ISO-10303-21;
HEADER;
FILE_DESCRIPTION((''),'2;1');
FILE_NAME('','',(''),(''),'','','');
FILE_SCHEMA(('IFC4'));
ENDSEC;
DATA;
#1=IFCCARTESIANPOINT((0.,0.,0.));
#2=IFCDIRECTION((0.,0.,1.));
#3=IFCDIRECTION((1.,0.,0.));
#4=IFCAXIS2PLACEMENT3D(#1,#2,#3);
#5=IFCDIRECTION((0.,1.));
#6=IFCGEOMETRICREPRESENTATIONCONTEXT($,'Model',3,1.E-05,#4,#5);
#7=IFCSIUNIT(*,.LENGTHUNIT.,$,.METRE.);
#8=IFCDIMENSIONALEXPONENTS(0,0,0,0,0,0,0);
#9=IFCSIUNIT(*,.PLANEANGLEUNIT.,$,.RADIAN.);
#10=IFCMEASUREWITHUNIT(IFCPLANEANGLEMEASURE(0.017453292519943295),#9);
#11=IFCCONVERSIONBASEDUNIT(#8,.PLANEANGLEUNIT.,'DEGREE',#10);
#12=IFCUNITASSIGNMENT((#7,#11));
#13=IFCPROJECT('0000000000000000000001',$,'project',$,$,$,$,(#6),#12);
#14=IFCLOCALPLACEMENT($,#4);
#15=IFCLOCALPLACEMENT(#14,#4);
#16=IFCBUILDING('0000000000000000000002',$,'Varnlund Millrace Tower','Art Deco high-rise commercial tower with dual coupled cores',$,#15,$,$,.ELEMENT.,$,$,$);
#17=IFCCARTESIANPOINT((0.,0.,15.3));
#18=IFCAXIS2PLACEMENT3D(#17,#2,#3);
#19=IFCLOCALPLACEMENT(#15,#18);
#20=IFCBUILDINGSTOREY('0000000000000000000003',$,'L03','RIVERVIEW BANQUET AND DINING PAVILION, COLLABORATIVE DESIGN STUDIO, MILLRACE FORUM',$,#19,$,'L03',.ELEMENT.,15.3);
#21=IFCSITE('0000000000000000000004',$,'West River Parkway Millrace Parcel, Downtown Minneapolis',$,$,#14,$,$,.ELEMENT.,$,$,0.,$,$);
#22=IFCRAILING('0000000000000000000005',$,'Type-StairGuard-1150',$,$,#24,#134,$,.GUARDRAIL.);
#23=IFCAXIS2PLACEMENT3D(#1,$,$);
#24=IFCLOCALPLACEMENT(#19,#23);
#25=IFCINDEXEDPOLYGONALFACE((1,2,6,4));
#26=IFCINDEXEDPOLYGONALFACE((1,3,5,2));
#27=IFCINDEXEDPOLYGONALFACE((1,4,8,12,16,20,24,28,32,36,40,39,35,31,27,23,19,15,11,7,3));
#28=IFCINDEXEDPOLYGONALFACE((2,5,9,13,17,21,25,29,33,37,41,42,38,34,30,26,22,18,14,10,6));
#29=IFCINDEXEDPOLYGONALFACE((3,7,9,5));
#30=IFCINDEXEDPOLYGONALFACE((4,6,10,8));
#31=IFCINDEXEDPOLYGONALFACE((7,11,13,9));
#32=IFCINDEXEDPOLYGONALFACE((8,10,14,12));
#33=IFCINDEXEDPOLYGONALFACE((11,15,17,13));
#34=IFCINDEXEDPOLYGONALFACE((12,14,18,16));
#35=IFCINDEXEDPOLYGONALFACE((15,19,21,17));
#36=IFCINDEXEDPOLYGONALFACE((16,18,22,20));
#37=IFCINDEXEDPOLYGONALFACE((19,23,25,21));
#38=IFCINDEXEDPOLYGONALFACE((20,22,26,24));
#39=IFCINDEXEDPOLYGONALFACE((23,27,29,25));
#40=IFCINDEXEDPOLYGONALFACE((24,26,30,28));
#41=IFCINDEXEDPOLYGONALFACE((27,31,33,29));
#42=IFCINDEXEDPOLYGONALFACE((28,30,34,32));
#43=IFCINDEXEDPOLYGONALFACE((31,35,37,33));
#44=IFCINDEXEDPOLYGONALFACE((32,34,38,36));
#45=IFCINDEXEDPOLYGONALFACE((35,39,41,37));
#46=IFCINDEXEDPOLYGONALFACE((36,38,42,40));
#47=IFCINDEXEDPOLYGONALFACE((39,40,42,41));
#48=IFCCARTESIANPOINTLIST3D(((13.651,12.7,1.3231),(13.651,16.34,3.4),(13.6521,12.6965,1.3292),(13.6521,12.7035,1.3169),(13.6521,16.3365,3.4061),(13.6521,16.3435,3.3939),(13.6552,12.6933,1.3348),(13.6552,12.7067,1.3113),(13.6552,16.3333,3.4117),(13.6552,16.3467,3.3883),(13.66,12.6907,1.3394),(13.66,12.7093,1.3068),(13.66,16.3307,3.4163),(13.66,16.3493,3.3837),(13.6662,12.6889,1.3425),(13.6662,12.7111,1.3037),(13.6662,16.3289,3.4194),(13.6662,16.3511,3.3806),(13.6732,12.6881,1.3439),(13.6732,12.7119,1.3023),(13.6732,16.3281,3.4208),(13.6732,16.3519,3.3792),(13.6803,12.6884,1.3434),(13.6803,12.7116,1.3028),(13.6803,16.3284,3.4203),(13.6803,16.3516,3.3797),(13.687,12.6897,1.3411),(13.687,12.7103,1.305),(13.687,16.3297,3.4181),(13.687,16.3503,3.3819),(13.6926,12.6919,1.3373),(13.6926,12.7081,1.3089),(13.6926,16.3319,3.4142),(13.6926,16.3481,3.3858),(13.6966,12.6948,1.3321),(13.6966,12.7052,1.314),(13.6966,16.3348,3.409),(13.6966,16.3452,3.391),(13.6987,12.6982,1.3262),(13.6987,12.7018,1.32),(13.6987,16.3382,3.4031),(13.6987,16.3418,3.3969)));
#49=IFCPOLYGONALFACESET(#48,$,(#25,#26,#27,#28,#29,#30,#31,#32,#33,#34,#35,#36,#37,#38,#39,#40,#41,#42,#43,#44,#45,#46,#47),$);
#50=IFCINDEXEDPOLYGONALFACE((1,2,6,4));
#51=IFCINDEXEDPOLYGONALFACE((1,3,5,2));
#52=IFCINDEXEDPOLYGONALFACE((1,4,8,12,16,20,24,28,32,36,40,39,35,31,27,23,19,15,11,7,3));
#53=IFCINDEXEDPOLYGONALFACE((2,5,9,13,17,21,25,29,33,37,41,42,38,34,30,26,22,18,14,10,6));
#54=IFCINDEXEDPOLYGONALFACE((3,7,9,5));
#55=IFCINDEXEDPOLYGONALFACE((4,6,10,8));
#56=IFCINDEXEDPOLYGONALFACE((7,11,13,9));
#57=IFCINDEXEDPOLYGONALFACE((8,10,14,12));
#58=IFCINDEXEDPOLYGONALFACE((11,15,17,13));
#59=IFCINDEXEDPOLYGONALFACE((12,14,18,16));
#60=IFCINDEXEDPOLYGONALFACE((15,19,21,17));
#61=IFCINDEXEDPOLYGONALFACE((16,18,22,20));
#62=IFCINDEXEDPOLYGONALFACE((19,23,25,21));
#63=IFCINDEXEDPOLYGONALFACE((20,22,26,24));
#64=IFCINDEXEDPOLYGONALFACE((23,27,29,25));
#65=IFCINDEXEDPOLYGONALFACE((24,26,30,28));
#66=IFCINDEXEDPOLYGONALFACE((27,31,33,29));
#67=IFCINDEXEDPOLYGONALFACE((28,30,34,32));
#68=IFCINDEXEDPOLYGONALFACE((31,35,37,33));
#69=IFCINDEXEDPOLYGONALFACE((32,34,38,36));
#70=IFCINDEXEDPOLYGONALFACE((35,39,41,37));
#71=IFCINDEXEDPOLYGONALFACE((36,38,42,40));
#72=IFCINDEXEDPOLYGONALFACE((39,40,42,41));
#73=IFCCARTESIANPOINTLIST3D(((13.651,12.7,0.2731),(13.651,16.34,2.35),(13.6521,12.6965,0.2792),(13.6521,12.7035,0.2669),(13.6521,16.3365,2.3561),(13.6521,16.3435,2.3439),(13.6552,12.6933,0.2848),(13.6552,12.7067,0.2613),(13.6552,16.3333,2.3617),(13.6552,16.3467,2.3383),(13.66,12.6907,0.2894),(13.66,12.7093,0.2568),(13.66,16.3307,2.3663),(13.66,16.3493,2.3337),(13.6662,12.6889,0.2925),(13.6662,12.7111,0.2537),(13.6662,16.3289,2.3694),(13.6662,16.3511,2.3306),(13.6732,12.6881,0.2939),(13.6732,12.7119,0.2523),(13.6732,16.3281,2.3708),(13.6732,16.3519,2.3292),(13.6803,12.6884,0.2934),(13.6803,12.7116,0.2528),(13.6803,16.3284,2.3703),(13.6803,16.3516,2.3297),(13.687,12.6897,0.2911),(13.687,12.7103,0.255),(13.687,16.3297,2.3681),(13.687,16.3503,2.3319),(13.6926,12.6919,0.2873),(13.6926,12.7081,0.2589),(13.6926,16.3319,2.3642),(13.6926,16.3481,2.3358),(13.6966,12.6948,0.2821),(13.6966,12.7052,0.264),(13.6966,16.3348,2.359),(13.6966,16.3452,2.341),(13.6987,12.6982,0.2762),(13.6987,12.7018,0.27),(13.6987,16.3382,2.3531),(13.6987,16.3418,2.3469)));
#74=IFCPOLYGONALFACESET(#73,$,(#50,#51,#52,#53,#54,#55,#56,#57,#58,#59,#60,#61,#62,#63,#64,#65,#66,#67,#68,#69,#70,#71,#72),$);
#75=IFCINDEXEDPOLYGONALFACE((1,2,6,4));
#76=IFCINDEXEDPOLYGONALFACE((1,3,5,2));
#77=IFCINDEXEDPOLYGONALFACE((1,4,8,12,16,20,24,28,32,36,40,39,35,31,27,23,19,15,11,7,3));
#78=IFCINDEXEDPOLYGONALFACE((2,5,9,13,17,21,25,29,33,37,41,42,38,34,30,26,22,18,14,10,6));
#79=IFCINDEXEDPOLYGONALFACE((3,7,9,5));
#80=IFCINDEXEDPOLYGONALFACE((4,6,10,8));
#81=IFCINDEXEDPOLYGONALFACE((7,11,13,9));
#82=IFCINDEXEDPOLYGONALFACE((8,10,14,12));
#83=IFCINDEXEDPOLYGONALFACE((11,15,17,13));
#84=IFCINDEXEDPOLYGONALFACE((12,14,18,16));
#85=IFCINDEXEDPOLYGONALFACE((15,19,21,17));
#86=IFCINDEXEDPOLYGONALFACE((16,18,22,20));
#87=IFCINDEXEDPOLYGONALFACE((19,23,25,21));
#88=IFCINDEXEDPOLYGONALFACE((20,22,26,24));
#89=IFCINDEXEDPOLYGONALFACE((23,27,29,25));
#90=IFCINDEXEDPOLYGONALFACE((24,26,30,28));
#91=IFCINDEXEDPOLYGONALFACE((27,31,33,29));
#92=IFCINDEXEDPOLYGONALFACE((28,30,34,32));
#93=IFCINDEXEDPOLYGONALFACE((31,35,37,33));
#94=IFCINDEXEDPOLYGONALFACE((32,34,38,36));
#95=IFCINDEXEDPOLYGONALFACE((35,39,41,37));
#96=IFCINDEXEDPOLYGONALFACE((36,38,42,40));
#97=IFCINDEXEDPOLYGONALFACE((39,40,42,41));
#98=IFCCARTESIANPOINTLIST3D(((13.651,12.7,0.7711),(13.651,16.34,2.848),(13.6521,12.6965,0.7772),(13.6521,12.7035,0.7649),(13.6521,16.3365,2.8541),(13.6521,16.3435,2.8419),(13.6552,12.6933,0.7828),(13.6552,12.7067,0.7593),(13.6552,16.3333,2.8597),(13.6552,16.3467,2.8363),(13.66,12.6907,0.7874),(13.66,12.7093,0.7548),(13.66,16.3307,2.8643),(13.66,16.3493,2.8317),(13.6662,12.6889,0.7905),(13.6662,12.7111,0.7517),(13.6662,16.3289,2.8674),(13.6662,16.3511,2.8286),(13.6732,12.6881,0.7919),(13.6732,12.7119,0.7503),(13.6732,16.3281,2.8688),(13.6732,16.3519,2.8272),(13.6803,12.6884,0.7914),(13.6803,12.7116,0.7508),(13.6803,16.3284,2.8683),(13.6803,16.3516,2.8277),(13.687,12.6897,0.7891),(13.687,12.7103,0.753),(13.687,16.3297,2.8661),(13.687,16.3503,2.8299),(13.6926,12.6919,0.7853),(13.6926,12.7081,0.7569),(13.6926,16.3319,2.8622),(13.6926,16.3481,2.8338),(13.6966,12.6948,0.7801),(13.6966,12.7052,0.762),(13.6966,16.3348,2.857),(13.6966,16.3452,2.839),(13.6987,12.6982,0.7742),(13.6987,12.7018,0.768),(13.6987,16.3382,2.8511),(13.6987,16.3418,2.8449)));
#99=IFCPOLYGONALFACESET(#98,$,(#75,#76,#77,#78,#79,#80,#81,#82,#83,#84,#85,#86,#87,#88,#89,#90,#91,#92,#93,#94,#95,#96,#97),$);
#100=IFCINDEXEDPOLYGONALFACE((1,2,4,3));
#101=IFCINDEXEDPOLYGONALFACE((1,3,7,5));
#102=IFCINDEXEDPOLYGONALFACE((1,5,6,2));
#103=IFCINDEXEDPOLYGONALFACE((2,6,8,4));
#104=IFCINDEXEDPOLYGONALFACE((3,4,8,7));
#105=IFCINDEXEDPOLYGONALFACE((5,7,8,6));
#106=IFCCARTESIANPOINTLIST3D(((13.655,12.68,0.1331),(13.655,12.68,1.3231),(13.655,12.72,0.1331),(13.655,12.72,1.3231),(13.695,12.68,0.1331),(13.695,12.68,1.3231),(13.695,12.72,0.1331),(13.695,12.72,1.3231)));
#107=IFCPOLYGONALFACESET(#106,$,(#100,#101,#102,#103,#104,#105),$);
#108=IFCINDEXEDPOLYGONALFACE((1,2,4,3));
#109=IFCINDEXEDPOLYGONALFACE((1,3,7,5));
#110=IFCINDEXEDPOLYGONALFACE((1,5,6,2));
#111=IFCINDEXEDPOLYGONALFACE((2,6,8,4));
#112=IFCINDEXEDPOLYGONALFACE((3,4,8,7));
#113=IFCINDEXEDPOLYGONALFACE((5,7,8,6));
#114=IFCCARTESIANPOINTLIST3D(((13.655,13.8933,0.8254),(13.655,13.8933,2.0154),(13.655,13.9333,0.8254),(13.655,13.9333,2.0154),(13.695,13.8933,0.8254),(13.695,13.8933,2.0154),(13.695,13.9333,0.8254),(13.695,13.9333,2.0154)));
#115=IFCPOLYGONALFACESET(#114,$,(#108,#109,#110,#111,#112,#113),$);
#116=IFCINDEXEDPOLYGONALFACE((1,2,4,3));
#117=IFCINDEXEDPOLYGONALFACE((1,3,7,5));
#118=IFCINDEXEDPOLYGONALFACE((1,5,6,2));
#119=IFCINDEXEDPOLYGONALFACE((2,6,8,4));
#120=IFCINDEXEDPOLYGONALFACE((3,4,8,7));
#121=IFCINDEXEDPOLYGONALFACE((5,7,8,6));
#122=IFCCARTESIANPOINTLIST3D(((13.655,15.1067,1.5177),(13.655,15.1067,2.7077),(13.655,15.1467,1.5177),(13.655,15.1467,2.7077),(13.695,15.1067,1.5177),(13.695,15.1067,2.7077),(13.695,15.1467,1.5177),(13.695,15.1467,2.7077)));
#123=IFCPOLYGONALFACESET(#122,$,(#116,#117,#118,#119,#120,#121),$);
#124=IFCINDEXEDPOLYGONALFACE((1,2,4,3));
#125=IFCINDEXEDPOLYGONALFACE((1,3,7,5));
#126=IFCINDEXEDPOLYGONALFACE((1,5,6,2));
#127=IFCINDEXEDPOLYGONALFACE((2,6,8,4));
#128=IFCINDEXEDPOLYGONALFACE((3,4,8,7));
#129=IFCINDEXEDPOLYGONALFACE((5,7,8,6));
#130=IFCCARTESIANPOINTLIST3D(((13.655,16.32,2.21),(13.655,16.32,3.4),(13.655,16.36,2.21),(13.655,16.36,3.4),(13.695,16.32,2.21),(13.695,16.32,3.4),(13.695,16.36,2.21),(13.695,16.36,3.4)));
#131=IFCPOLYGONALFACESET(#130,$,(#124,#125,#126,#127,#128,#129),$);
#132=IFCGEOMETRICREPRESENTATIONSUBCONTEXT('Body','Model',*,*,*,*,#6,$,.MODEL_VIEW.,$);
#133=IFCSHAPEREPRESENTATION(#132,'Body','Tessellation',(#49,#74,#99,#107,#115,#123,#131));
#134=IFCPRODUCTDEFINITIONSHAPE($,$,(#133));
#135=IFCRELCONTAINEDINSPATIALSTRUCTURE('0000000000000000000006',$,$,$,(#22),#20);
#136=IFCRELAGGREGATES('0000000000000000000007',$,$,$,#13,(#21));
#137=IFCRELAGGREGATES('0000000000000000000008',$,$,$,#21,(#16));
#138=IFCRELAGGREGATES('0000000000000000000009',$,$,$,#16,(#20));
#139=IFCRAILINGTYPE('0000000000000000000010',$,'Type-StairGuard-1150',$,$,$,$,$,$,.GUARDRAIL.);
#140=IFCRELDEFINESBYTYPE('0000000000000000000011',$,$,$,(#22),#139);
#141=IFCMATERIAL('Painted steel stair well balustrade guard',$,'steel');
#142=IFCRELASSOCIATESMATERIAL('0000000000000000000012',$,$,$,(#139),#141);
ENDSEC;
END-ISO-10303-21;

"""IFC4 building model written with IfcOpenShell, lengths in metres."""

from ifc_helpers import new_model, entity, si_unit, converted_unit, direction, frame, origin_with_axes, origin_2d_with_axis, place, context, subcontext, project, spatial, rectangle, circle, extrude, material, type_object, element, save


model = new_model("IFC4")

# Units and contexts
model_context = context("Model", 3, precision=1e-05, world=origin_with_axes(), true_north=direction((0.0, 1.0)))
body_context = subcontext(model_context, "Body", "Model", "MODEL_VIEW")
ifc_project = project(units=[si_unit("LENGTHUNIT", "METRE"), converted_unit("PLANEANGLEUNIT", "DEGREE", entity("IfcPlaneAngleMeasure", 0.017453292519943295), si_unit("PLANEANGLEUNIT", "RADIAN"), dimensions=[0, 0, 0, 0, 0, 0, 0])], contexts=[model_context])

# Site, building, storey
site_placement = place(None, origin_with_axes())
site = spatial("IfcSite", under=ifc_project, at=site_placement, Name="West River Parkway Millrace Parcel, Downtown Minneapolis", CompositionType="ELEMENT", RefElevation=0.0)
building_placement = place(site_placement, origin_with_axes())
building = spatial("IfcBuilding", under=site, at=building_placement, Name="Varnlund Millrace Tower", Description="Art Deco high-rise commercial tower with dual coupled cores", CompositionType="ELEMENT")
storey_placement = place(building_placement, frame((0.0, 0.0, 15.3), z_axis=(0.0, 0.0, 1.0), x_axis=(1.0, 0.0, 0.0)))
storey = spatial("IfcBuildingStorey", under=building, at=storey_placement, Name="L03", Description="RIVERVIEW BANQUET AND DINING PAVILION, COLLABORATIVE DESIGN STUDIO, MILLRACE FORUM", LongName="L03", CompositionType="ELEMENT", Elevation=15.3)

# Railing
ifc_material_1 = material(Name="Painted steel stair well balustrade guard", Category="steel")
railing_type_1 = type_object("IfcRailingType", Name="Type-StairGuard-1150", PredefinedType="GUARDRAIL", material=ifc_material_1)
railing_1_placement = place(storey_placement, frame((0.0, 0.0, -15.3), z_axis=(0.0, 0.0, 1.0), x_axis=(1.0, 0.0, 0.0)))
element("IfcRailing", 1, at=railing_1_placement, inside=storey, type_object=railing_type_1, Name="Type-StairGuard-1150", PredefinedType="GUARDRAIL", context=body_context, shape_type="SweptSolid", body=[
    extrude(circle(Radius=0.024, at=origin_2d_with_axis()), frame((13.675, 12.7, 16.6231), z_axis=(0.0, 0.868559, 0.495585), x_axis=(-1.0, 0.0, 0.0)), (0.0, 0.0, 1.0), 4.1908),
    extrude(circle(Radius=0.024, at=origin_2d_with_axis()), frame((13.675, 12.7, 15.5731), z_axis=(0.0, 0.868559, 0.495585), x_axis=(-1.0, 0.0, 0.0)), (0.0, 0.0, 1.0), 4.1908),
    extrude(circle(Radius=0.024, at=origin_2d_with_axis()), frame((13.675, 12.7, 16.0711), z_axis=(0.0, 0.868559, 0.495585), x_axis=(-1.0, 0.0, 0.0)), (0.0, 0.0, 1.0), 4.1908),
    extrude(rectangle(XDim=0.04, YDim=0.04, at=origin_2d_with_axis()), frame((13.675, 12.7, 15.4331), z_axis=(0.0, 0.0, 1.0), x_axis=(1.0, 0.0, 0.0)), (0.0, 0.0, 1.0), 1.19),
    extrude(rectangle(XDim=0.04, YDim=0.04, at=origin_2d_with_axis()), frame((13.675, 13.9133, 16.1254), z_axis=(0.0, 0.0, 1.0), x_axis=(1.0, 0.0, 0.0)), (0.0, 0.0, 1.0), 1.19),
    extrude(rectangle(XDim=0.04, YDim=0.04, at=origin_2d_with_axis()), frame((13.675, 15.1267, 16.8177), z_axis=(0.0, 0.0, 1.0), x_axis=(1.0, 0.0, 0.0)), (0.0, 0.0, 1.0), 1.19),
    extrude(rectangle(XDim=0.04, YDim=0.04, at=origin_2d_with_axis()), frame((13.675, 16.34, 17.51), z_axis=(0.0, 0.0, 1.0), x_axis=(1.0, 0.0, 0.0)), (0.0, 0.0, 1.0), 1.19),
])

save(model, "model.ifc")
